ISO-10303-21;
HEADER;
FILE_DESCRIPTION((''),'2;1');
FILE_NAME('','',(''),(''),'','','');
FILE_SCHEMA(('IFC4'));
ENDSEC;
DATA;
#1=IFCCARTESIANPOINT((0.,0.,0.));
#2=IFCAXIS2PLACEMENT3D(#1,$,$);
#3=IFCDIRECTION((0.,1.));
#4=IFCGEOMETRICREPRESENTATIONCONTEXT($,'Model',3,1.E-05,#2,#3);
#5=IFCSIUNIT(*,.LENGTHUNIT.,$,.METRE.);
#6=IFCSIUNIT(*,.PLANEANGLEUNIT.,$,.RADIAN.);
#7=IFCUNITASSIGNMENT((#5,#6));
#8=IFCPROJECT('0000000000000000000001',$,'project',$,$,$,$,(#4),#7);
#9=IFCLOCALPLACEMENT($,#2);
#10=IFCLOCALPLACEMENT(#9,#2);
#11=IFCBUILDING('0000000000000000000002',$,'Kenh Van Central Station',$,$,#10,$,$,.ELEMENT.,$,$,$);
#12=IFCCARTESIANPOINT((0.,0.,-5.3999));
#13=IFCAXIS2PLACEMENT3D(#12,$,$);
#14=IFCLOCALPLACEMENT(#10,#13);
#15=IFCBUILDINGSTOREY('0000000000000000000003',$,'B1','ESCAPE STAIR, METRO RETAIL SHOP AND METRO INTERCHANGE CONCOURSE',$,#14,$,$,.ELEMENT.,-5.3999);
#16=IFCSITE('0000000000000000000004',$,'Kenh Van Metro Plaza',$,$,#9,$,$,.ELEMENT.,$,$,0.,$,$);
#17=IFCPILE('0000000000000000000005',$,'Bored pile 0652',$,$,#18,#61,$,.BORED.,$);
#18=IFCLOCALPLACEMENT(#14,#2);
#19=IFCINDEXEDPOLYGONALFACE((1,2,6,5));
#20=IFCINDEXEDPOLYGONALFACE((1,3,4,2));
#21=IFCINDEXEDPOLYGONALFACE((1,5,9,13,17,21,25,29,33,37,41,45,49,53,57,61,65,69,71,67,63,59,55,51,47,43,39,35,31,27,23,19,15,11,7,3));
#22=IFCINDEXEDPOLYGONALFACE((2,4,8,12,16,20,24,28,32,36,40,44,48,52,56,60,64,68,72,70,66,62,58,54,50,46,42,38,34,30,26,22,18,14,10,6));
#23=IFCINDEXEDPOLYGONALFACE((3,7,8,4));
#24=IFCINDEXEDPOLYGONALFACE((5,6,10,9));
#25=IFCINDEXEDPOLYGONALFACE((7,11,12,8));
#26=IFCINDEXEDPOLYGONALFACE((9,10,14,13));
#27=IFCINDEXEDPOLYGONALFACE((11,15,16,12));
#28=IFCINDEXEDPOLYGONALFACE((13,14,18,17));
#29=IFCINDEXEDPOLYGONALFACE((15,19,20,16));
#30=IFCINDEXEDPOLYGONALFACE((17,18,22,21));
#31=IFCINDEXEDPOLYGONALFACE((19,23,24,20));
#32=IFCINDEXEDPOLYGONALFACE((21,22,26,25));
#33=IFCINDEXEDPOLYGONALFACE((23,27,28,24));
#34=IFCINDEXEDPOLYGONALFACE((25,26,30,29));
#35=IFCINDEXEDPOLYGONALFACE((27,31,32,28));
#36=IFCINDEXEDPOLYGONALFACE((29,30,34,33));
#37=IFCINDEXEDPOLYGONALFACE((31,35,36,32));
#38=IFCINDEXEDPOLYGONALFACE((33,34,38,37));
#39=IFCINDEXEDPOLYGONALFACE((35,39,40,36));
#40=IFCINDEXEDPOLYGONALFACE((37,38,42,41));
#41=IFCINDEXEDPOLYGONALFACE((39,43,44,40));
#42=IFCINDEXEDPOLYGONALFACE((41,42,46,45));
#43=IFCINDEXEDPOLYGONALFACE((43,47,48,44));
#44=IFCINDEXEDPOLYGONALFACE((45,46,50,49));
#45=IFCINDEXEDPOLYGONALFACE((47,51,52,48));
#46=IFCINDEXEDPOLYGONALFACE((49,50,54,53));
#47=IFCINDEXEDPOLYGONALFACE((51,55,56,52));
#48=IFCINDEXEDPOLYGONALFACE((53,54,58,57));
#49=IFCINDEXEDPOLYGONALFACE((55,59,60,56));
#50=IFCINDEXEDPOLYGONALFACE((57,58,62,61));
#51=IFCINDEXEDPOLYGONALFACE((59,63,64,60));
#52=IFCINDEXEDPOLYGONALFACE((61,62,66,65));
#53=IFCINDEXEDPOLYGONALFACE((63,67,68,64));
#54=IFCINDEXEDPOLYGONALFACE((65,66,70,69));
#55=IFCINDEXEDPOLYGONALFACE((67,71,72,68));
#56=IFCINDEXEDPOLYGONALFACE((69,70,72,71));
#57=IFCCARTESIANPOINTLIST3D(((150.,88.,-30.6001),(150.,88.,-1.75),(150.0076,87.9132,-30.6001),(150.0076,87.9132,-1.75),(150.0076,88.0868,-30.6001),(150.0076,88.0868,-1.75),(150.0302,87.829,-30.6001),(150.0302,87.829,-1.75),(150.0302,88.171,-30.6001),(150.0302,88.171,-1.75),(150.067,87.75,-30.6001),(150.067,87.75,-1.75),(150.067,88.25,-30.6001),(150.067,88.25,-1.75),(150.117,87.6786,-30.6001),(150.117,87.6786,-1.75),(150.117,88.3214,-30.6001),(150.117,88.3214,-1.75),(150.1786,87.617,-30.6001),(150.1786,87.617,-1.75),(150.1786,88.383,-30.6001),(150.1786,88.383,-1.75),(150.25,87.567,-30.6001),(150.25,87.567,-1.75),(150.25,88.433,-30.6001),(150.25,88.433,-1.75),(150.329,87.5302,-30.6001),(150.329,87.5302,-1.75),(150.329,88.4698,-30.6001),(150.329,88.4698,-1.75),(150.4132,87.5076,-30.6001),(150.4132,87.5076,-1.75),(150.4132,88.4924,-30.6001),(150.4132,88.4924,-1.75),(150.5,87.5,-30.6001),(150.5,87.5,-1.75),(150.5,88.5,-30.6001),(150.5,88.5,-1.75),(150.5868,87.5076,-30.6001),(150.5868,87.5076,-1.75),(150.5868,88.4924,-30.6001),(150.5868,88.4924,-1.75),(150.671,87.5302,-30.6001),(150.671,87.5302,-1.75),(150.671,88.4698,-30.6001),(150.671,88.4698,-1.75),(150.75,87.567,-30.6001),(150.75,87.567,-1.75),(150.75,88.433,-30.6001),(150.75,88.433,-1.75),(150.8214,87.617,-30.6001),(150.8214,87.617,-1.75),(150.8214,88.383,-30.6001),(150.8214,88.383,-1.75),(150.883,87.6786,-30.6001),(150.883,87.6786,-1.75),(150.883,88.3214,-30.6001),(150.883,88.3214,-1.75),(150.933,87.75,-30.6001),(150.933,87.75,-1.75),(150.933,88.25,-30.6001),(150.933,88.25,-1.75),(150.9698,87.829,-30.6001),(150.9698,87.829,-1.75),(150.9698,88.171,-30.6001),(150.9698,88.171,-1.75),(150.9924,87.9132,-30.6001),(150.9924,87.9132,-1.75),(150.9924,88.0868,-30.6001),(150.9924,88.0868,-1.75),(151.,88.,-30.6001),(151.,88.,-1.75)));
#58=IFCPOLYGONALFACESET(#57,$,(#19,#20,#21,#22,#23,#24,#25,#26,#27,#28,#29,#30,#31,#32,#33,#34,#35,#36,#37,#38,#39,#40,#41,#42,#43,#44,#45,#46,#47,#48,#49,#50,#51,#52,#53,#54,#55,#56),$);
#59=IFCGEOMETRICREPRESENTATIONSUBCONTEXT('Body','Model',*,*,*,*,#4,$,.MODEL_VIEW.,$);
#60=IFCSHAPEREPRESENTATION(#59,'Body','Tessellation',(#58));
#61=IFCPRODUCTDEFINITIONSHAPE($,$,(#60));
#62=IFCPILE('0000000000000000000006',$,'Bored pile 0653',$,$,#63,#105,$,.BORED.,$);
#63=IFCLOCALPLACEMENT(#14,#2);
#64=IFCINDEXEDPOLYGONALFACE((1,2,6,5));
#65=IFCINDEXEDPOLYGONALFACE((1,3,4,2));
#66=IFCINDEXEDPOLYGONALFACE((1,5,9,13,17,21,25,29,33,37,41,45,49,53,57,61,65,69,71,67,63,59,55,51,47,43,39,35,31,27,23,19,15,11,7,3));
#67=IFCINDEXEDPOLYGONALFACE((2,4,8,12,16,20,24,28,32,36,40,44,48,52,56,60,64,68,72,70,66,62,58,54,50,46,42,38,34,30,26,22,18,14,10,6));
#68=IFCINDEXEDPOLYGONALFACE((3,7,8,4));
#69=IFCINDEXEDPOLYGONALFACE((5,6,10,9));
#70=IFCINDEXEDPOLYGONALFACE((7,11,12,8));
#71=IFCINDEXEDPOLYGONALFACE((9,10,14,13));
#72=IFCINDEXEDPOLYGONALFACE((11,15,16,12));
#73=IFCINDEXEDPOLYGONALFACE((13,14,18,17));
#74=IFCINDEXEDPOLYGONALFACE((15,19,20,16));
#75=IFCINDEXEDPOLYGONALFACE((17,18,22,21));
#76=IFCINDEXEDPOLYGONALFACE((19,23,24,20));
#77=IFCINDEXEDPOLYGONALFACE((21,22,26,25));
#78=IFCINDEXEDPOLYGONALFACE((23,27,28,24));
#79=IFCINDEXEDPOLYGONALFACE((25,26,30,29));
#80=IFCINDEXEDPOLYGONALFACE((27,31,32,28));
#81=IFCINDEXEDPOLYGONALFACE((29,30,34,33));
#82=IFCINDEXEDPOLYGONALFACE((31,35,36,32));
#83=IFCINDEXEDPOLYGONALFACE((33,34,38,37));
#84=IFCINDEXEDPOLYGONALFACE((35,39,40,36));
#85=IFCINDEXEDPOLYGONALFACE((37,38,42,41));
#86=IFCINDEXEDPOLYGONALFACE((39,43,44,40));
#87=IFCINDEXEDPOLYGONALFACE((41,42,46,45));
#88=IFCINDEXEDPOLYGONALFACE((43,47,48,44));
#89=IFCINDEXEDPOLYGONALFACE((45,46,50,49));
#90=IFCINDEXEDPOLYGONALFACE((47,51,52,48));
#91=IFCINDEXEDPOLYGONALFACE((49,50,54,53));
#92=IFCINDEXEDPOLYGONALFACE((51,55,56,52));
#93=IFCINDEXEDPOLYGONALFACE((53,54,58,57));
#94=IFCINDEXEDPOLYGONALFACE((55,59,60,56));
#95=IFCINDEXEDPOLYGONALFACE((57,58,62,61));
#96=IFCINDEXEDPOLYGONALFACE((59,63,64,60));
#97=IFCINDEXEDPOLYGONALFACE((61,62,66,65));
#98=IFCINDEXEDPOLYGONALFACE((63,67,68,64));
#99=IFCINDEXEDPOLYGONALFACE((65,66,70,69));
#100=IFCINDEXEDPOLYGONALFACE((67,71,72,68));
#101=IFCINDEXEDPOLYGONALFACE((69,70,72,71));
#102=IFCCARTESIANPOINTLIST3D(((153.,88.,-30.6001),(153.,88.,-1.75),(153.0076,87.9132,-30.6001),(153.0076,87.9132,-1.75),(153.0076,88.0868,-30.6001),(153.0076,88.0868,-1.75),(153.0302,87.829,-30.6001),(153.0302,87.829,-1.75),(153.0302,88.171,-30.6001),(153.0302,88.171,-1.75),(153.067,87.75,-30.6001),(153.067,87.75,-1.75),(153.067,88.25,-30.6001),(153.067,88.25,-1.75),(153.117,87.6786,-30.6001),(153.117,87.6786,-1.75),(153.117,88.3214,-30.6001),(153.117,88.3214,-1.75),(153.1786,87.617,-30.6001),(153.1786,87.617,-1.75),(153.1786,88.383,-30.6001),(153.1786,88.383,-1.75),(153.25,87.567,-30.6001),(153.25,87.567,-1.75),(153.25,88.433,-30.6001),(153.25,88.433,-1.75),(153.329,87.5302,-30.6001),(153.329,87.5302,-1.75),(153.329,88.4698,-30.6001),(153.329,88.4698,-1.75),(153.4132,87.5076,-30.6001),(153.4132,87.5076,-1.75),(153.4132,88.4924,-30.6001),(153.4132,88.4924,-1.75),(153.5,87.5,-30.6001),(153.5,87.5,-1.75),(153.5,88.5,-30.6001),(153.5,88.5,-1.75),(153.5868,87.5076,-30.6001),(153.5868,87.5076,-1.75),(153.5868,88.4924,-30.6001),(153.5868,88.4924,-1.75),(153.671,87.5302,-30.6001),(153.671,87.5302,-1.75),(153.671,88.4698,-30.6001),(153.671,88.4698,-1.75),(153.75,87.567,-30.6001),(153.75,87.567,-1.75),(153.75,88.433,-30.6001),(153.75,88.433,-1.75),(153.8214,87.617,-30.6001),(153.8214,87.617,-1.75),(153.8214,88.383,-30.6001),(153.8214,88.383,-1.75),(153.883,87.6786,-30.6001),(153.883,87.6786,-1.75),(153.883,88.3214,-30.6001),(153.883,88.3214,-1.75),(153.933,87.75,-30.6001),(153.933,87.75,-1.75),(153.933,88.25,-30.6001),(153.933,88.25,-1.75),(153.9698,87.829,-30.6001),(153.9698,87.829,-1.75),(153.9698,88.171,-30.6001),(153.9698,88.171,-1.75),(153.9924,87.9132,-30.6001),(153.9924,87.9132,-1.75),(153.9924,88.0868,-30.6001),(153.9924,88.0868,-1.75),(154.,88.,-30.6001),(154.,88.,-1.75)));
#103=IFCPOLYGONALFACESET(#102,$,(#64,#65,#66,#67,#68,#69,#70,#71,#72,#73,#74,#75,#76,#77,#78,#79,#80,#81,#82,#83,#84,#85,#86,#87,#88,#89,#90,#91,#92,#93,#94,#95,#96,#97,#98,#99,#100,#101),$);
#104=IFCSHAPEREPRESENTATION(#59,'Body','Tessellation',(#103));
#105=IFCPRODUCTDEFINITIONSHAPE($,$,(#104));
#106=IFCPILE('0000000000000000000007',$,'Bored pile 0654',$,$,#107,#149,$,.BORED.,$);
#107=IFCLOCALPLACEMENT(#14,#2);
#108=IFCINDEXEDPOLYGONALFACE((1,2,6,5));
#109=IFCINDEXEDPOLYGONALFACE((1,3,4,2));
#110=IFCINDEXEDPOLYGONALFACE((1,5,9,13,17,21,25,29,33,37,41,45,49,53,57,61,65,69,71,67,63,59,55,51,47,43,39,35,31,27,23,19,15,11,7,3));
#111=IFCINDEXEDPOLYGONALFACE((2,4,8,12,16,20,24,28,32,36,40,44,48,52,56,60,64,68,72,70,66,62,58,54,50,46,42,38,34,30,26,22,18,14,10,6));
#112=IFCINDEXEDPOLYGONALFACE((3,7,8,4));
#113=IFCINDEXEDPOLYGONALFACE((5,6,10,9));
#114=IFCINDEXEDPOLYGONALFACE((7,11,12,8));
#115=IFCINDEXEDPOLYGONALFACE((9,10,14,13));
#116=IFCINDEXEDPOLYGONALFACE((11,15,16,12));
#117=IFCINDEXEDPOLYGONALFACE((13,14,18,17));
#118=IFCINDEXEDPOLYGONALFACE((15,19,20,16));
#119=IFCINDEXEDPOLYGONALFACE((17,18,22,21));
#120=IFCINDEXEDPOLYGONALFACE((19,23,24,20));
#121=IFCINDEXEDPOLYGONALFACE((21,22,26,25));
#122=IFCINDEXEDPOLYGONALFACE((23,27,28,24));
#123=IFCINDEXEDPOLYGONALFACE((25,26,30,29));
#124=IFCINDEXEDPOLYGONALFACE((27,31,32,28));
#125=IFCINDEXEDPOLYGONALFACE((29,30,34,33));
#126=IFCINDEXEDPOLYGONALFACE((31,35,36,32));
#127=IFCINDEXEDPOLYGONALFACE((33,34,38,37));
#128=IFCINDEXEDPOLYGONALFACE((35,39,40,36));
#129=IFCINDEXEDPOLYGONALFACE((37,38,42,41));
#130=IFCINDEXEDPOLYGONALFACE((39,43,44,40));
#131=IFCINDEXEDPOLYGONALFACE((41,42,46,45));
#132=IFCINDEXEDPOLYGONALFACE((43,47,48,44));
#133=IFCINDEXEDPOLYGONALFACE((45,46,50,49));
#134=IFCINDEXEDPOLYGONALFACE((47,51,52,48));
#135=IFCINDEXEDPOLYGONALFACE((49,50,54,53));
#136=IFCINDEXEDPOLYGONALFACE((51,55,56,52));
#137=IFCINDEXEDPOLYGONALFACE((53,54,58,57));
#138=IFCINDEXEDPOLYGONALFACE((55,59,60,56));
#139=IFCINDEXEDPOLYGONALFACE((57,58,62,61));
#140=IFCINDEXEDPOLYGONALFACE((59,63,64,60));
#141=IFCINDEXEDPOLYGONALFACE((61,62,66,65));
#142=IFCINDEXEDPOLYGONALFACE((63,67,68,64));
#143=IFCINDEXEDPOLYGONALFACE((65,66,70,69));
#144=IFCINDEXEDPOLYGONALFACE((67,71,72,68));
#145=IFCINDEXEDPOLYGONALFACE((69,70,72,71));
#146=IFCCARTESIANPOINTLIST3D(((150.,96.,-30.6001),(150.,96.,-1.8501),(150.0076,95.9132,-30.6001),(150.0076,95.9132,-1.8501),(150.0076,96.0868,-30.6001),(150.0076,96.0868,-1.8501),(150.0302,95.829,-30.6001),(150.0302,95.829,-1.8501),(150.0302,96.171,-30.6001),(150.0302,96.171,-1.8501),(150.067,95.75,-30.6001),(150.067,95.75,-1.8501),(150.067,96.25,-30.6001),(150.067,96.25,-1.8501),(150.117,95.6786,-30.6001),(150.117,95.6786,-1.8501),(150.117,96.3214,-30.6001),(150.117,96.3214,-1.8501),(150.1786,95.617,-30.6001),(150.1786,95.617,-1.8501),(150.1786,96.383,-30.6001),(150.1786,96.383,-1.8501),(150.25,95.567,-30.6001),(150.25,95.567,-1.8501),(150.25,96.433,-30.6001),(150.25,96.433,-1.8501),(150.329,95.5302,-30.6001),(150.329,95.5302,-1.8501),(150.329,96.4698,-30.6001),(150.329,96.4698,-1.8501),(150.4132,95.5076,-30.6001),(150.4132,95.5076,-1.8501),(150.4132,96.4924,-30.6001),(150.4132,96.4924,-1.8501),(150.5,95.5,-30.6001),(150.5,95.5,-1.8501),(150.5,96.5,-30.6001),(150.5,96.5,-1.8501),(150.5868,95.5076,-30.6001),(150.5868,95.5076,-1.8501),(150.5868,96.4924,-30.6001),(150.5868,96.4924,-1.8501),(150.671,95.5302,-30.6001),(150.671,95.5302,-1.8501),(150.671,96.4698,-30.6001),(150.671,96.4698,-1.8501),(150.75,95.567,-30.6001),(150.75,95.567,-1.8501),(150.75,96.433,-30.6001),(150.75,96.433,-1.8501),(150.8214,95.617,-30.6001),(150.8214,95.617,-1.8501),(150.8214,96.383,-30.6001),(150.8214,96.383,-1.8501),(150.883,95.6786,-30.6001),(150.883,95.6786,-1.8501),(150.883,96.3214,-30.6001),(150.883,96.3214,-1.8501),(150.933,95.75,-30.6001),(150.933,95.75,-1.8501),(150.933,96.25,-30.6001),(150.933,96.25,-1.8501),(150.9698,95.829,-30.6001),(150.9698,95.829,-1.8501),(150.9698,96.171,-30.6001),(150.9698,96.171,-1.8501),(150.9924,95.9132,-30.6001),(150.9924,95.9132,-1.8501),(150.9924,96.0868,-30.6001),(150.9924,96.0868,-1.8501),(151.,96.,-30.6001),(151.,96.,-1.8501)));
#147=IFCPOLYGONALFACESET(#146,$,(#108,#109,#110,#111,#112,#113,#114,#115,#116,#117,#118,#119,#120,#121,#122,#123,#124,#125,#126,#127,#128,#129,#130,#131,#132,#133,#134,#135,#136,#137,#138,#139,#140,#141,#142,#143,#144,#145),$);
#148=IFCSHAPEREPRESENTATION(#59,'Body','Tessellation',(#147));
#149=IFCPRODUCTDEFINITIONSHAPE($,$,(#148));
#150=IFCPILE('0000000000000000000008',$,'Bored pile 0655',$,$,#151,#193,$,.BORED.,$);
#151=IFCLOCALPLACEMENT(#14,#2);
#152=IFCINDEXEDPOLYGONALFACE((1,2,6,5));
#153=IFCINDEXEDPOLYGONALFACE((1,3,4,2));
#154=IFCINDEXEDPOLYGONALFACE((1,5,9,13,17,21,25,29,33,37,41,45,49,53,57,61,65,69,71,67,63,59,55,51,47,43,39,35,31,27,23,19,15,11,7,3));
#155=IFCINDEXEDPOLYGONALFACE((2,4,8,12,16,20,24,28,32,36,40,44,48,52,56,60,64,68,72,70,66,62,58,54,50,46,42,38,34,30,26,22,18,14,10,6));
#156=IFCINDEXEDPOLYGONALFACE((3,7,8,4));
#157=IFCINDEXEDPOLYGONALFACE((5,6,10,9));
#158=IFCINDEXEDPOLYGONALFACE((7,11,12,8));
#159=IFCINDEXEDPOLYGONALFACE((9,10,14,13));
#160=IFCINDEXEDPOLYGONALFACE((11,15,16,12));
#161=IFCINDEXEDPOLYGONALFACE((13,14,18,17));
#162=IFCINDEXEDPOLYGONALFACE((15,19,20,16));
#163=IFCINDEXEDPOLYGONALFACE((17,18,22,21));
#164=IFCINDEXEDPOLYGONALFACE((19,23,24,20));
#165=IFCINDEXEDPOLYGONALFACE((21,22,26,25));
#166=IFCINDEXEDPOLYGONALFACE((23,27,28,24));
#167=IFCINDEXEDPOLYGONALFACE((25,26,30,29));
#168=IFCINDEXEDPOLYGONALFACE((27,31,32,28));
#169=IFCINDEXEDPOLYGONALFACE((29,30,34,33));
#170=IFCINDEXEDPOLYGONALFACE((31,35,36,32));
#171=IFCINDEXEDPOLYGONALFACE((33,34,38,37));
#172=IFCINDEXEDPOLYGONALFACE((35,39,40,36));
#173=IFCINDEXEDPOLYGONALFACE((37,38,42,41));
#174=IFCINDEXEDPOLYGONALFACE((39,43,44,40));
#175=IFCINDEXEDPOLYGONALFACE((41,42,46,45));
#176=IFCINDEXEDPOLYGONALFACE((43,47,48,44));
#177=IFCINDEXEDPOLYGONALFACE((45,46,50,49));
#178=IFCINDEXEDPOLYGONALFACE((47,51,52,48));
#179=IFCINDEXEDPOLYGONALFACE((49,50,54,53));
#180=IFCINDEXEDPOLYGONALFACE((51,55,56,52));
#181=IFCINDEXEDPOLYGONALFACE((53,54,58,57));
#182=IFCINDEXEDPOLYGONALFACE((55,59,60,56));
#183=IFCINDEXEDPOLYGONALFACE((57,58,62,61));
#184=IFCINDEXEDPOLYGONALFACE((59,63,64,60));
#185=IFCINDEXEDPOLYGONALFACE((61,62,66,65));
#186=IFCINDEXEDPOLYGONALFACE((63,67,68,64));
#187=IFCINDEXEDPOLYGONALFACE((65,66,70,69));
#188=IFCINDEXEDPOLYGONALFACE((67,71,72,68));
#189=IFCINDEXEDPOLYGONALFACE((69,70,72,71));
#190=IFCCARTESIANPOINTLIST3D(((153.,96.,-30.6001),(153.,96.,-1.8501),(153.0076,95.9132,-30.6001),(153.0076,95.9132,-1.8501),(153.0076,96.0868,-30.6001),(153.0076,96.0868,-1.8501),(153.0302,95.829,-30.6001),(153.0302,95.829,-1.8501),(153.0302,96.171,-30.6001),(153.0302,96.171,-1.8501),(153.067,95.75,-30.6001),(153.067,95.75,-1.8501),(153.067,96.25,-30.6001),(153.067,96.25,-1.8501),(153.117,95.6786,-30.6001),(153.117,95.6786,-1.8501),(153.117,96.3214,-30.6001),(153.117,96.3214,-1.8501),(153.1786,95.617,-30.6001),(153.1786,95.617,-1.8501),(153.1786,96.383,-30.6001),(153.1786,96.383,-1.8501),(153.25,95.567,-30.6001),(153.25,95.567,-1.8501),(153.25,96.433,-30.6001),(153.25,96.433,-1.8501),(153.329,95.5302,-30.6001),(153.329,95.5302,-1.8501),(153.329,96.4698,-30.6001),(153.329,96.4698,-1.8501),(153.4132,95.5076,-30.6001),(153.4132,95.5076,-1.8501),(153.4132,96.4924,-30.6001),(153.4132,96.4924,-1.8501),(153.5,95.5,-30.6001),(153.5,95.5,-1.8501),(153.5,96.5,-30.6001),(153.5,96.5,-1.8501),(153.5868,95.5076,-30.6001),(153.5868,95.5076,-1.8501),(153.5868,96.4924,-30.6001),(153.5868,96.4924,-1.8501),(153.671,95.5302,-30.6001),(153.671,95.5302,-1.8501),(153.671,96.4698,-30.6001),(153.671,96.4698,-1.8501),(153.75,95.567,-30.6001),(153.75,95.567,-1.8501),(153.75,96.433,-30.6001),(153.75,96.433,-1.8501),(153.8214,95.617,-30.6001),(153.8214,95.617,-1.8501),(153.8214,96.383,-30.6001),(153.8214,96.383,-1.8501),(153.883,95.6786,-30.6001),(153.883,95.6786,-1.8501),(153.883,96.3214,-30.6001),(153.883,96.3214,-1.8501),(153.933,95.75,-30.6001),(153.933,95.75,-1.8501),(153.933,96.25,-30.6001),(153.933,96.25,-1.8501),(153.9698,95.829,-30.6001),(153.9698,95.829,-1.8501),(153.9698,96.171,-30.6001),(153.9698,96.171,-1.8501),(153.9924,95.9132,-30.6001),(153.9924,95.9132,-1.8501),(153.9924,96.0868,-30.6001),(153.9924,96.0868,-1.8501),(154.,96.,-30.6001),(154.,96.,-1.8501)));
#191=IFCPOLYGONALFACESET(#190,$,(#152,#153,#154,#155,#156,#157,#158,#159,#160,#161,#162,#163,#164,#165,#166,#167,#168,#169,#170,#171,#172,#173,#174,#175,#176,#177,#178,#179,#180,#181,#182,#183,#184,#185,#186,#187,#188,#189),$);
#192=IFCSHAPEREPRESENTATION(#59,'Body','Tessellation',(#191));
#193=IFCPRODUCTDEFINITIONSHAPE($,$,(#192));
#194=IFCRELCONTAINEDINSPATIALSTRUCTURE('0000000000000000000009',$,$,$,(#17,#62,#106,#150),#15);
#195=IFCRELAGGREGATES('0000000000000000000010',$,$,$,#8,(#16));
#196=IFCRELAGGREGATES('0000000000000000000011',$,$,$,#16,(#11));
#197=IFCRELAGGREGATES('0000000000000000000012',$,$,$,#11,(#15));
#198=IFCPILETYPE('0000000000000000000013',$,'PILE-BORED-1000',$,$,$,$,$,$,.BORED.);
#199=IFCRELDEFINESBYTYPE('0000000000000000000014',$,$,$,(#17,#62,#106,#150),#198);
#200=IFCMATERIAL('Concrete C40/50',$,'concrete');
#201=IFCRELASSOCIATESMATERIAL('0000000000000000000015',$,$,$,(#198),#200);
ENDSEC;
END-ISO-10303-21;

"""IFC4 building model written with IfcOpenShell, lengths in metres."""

from ifc_helpers import new_model, si_unit, direction, frame, origin, origin_2d, place, context, subcontext, project, spatial, circle, extrude, material, material_profile, profile_set, type_object, element, save


model = new_model("IFC4")

# Units and contexts
model_context = context("Model", 3, precision=1e-05, world=origin(), true_north=direction((0.0, 1.0)))
body_context = subcontext(model_context, "Body", "Model", "MODEL_VIEW")
ifc_project = project(units=[si_unit("LENGTHUNIT", "METRE"), si_unit("PLANEANGLEUNIT", "RADIAN")], contexts=[model_context])

# Site, building, storey
site_placement = place(None, origin())
site = spatial("IfcSite", under=ifc_project, at=site_placement, Name="Kenh Van Metro Plaza", CompositionType="ELEMENT", RefElevation=0.0)
building_placement = place(site_placement, origin())
building = spatial("IfcBuilding", under=site, at=building_placement, Name="Kenh Van Central Station", CompositionType="ELEMENT")
storey_placement = place(building_placement, frame((0.0, 0.0, -5.3999)))
storey = spatial("IfcBuildingStorey", under=building, at=storey_placement, Name="B1", Description="ESCAPE STAIR, METRO RETAIL SHOP AND METRO INTERCHANGE CONCOURSE", CompositionType="ELEMENT", Elevation=-5.3999)

# Shared definitions
ifc_material_1 = material(Name="Concrete C40/50", Category="concrete")

# Piles
ifc_material_profile_1 = material_profile(ifc_material_1, circle(Radius=0.5, at=origin_2d()), Name="PILE D1000")
ifc_profile_set_1 = profile_set([ifc_material_profile_1], Name="Concrete C40/50")
pile_type = type_object("IfcPileType", Name="PILE-BORED-1000", PredefinedType="BORED", material=ifc_profile_set_1)
for number, where, z_axis, x_axis, name in (
    (1, (150.5, 88.0, -1.75), (0.0, 0.0, -1.0), (1.0, 0.0, 0.0), "Bored pile 0652"),
    (2, (153.5, 88.0, -1.75), (0.0, 0.0, -1.0), (1.0, 0.0, 0.0), "Bored pile 0653"),
):
    element("IfcPile", number, at=place(storey_placement, frame(where, z_axis=z_axis, x_axis=x_axis)), inside=storey, type_object=pile_type, Name=name, PredefinedType="BORED", context=body_context, shape_type="SweptSolid", body=[
        extrude(circle(Radius=0.5, at=origin_2d()), origin(), (0.0, 0.0, 1.0), 28.8501),
    ])
for number, where, z_axis, x_axis, name in (
    (3, (150.5, 96.0, -1.8501), (0.0, 0.0, -1.0), (1.0, 0.0, 0.0), "Bored pile 0654"),
    (4, (153.5, 96.0, -1.8501), (0.0, 0.0, -1.0), (1.0, 0.0, 0.0), "Bored pile 0655"),
):
    element("IfcPile", number, at=place(storey_placement, frame(where, z_axis=z_axis, x_axis=x_axis)), inside=storey, type_object=pile_type, Name=name, PredefinedType="BORED", context=body_context, shape_type="SweptSolid", body=[
        extrude(circle(Radius=0.5, at=origin_2d()), origin(), (0.0, 0.0, 1.0), 28.75),
    ])

save(model, "model.ifc")
